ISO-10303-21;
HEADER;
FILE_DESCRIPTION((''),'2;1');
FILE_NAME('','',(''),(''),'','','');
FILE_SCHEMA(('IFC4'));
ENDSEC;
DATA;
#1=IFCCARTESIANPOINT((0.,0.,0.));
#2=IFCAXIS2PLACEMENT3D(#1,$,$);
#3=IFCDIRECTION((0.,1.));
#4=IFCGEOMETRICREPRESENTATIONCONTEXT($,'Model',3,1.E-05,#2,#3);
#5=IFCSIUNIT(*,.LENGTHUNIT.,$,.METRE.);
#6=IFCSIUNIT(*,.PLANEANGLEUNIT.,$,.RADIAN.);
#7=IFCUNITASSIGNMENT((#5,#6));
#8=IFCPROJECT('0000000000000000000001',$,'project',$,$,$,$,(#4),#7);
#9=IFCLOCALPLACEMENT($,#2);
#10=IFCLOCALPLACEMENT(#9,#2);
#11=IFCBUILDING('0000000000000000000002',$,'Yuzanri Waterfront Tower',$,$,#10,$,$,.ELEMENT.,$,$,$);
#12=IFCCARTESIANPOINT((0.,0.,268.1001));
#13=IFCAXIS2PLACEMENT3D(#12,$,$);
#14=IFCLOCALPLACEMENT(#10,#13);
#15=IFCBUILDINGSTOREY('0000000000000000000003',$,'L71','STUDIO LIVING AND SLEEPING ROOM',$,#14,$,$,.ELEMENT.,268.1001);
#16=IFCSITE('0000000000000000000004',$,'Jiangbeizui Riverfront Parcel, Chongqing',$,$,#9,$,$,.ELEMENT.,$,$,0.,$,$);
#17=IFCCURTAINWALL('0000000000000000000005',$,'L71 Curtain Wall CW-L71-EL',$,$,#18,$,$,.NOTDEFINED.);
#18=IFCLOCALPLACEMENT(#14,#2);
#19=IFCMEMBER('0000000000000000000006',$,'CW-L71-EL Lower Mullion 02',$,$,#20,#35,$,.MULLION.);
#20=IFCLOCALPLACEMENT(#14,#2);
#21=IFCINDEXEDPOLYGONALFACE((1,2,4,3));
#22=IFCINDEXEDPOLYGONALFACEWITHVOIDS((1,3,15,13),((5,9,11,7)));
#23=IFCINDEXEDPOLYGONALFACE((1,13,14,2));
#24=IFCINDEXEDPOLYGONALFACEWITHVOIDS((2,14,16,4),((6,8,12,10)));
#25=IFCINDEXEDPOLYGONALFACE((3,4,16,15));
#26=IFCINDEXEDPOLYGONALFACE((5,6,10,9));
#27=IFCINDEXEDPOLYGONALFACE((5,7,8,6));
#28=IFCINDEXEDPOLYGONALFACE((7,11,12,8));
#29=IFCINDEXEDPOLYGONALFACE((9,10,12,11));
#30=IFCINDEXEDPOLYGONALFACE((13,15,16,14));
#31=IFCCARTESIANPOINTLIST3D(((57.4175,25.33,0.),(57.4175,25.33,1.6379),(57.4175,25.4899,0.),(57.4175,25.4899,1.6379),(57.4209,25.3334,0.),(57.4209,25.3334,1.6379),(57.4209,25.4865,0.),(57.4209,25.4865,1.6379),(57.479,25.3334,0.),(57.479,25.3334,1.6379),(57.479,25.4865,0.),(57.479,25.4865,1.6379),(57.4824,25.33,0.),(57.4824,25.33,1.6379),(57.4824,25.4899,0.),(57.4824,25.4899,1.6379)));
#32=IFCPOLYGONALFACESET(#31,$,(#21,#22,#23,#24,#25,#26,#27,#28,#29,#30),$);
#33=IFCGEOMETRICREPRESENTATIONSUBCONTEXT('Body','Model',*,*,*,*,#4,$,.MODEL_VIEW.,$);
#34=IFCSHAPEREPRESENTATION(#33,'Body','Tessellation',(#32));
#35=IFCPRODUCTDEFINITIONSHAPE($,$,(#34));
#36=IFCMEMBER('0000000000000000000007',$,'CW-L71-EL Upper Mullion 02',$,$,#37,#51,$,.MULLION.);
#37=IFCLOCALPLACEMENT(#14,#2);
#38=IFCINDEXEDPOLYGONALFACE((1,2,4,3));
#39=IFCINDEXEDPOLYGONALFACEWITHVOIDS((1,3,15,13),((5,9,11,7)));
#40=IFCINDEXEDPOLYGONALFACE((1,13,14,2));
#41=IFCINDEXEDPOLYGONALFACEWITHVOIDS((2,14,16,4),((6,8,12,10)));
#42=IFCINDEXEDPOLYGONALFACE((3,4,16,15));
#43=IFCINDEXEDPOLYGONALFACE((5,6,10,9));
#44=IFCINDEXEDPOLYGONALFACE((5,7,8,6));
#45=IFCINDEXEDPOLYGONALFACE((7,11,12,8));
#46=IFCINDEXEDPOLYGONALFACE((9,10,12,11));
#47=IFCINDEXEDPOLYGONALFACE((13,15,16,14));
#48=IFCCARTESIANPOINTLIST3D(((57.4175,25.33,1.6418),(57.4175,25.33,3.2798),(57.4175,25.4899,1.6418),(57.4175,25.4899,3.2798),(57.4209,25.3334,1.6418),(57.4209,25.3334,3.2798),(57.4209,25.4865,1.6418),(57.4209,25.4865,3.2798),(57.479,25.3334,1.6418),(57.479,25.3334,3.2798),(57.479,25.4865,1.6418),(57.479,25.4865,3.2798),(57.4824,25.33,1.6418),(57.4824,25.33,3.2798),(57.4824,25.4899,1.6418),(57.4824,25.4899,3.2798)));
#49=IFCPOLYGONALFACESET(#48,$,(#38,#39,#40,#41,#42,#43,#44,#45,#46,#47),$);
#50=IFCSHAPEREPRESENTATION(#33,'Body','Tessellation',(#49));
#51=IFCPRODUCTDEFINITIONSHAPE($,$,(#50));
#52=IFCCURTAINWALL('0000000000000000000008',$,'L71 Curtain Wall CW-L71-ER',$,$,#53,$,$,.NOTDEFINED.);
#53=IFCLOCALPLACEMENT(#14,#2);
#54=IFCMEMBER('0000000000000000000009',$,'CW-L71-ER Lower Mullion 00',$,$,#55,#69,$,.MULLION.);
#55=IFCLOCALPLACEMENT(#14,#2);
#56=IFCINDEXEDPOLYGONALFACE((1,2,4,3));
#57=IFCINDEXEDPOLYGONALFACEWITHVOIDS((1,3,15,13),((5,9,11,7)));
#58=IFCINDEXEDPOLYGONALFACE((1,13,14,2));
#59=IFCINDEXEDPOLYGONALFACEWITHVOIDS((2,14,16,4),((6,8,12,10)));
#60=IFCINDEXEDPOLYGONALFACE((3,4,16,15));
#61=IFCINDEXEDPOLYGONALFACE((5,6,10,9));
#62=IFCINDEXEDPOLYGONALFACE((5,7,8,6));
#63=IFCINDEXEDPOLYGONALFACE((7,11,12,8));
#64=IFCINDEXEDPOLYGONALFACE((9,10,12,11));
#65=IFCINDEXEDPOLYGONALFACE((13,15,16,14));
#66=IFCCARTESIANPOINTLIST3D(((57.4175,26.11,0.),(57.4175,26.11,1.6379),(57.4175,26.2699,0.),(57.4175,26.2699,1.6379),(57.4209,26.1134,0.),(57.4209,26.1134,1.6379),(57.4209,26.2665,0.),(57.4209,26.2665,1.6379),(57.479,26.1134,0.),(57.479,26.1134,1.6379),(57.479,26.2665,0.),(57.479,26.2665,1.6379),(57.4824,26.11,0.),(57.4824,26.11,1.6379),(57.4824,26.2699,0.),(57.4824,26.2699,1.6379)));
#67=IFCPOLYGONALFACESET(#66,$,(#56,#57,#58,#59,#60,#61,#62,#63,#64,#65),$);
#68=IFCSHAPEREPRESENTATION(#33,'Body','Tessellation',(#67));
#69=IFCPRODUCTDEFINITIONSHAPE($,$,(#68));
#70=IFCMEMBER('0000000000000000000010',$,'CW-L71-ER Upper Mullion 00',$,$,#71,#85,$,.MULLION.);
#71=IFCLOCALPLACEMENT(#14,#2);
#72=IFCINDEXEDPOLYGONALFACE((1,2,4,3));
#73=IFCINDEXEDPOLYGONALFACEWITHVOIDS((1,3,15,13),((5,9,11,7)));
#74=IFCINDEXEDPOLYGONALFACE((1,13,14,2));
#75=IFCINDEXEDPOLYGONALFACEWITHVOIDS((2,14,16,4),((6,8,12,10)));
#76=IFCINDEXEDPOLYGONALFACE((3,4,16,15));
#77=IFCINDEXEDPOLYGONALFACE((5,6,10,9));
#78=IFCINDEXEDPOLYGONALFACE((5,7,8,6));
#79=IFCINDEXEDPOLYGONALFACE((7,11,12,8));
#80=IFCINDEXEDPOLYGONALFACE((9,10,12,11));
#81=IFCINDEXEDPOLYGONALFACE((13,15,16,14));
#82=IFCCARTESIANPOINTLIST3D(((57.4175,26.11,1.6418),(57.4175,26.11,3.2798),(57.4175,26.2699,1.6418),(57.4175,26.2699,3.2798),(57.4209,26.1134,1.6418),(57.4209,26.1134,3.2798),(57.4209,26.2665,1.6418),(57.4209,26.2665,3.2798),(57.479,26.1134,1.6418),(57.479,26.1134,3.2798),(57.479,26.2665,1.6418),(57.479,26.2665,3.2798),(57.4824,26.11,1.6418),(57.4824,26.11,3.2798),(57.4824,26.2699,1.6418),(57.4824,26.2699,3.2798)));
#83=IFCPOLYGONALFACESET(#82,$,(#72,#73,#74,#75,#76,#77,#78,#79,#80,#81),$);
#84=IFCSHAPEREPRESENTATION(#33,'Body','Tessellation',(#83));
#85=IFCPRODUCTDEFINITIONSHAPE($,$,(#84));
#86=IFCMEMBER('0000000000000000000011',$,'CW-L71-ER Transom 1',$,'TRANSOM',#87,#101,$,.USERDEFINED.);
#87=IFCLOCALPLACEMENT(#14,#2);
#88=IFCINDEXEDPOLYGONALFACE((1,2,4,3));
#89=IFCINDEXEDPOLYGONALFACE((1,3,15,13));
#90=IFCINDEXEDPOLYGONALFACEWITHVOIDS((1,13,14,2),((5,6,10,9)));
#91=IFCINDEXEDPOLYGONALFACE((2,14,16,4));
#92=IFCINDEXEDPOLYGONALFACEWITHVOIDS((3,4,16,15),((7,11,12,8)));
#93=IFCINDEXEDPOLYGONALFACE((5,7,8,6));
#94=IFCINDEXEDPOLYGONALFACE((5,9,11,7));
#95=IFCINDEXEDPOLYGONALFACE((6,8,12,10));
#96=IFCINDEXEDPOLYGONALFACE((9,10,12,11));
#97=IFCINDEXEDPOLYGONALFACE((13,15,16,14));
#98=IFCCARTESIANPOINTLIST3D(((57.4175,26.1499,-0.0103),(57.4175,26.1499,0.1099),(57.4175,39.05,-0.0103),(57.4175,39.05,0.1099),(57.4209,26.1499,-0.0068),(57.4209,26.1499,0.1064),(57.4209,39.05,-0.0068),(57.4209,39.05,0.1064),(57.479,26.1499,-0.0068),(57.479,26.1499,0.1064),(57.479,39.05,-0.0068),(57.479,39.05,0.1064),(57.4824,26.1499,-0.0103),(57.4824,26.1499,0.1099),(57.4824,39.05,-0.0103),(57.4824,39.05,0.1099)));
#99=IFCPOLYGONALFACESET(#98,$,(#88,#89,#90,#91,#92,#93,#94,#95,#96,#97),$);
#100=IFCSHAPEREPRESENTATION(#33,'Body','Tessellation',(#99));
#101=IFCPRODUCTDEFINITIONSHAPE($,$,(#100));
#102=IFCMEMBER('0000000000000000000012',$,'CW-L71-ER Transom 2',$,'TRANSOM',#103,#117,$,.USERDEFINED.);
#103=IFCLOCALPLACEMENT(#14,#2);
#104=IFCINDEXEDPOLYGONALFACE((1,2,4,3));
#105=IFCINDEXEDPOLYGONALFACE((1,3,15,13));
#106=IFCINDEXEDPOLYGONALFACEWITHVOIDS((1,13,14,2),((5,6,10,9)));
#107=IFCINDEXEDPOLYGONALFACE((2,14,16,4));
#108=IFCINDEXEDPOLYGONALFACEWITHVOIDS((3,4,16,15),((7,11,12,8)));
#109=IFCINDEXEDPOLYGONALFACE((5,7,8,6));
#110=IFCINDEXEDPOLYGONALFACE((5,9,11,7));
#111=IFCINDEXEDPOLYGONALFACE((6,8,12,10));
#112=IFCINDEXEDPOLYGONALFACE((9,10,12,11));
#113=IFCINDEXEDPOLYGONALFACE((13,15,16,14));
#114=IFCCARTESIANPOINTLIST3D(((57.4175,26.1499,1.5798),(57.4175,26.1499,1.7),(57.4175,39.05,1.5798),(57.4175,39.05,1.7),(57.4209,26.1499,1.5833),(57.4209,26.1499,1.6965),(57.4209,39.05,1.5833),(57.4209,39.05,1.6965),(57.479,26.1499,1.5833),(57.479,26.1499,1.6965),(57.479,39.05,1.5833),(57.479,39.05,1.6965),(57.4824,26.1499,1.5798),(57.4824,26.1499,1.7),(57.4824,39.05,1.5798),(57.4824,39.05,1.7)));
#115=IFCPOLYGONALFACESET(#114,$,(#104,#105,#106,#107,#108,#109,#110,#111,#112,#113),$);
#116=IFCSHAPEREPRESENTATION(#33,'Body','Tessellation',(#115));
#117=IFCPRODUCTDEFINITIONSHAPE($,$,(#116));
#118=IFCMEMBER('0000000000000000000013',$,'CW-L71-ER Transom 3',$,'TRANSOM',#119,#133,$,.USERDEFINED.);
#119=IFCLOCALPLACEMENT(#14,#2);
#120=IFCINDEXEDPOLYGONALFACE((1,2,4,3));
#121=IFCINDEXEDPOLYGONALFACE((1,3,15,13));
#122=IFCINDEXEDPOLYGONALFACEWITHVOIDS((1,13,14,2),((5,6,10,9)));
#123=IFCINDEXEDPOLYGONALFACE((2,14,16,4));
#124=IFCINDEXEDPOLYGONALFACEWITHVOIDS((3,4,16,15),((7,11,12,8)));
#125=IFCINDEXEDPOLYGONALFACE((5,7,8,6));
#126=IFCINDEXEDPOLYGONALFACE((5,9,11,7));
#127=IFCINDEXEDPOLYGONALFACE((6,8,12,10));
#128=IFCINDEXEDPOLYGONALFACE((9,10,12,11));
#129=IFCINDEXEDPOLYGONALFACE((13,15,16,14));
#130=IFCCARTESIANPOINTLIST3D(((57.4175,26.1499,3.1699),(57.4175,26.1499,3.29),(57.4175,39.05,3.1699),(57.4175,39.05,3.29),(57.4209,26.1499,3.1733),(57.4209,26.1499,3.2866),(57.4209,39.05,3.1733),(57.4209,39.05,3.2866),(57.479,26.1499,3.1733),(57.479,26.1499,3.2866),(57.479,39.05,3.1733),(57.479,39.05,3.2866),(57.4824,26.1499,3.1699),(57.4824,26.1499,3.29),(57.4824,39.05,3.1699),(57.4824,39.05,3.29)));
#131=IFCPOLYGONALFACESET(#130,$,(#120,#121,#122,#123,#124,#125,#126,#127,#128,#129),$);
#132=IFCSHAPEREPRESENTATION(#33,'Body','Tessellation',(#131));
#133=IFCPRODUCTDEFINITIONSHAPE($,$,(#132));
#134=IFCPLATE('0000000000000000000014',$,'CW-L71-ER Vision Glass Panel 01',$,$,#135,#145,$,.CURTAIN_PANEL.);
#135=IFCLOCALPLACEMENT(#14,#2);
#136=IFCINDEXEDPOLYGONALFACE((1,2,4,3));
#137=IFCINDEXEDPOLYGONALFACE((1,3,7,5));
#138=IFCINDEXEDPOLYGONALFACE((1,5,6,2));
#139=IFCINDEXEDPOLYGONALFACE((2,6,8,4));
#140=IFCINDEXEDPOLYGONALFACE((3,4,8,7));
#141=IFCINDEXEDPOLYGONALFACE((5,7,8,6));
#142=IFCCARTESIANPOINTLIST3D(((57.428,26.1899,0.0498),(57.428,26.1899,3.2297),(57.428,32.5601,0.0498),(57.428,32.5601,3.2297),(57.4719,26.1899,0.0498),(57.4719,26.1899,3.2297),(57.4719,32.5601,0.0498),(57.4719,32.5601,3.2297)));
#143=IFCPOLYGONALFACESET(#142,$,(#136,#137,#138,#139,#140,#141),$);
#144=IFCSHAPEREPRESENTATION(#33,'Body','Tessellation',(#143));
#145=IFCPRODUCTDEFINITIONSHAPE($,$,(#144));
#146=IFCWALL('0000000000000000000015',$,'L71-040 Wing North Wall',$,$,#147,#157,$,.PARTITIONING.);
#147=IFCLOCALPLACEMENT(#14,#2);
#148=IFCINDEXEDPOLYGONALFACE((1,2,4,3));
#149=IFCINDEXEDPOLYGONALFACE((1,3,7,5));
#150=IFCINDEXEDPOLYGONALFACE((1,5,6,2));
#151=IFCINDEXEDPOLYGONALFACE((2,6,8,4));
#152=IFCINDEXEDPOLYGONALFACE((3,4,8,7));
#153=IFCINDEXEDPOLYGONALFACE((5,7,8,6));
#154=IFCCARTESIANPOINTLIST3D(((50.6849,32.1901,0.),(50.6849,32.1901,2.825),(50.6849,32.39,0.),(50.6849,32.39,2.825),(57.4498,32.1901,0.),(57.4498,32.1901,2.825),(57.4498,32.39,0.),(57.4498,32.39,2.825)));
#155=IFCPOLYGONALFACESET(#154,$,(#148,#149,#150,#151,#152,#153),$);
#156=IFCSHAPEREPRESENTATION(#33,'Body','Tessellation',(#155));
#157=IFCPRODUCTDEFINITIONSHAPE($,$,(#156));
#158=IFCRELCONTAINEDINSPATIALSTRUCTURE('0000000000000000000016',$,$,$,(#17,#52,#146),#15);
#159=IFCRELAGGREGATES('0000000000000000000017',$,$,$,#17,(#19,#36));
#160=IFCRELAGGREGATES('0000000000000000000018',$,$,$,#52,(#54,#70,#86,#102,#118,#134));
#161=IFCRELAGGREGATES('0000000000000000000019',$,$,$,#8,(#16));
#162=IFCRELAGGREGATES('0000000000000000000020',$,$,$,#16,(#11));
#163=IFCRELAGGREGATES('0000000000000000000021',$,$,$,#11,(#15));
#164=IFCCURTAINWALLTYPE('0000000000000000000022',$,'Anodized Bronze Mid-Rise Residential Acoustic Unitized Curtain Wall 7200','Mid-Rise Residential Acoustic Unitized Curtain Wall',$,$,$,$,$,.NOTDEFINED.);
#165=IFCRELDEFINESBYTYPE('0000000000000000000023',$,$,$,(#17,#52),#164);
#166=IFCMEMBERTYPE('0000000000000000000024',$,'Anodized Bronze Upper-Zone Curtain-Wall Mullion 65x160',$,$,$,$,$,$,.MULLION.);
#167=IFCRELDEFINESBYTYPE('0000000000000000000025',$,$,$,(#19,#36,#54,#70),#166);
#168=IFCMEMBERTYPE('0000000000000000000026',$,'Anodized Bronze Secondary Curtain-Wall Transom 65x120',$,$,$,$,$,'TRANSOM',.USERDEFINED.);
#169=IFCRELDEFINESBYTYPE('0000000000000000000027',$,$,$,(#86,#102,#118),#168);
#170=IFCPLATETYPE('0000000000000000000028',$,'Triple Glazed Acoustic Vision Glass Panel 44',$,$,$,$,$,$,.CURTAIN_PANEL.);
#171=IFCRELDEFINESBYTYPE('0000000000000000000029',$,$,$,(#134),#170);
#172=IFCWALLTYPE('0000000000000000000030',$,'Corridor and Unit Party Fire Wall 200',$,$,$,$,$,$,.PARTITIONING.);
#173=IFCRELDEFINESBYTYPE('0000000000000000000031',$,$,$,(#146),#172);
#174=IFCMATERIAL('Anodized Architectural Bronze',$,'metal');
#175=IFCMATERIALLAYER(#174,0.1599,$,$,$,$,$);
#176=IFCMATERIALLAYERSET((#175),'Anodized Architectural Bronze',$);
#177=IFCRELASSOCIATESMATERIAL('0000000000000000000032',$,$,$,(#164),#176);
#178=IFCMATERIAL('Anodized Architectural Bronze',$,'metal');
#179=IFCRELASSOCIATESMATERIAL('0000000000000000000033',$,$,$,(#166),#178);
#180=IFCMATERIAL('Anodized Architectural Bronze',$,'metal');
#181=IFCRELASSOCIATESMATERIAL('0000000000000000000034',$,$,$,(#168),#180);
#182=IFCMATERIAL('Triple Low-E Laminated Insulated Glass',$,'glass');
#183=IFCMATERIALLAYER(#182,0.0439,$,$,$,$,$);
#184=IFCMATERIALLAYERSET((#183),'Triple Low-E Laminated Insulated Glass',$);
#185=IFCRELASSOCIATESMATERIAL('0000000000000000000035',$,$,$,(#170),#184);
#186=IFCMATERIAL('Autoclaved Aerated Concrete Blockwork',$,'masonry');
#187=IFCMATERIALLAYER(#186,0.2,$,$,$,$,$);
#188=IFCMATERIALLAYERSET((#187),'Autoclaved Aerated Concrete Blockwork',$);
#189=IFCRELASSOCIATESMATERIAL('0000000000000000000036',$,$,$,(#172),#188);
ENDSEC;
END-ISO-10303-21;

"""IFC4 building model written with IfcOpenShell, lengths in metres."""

from ifc_helpers import new_model, si_unit, direction, frame, frame_2d, origin, origin_2d, place, context, subcontext, project, spatial, rectangle, hollow_rectangle, extrude, source, transform, mapped, material, layer, layer_set, material_profile, profile_set, type_object, element, aggregate, save


model = new_model("IFC4")

# Units and contexts
model_context = context("Model", 3, precision=1e-05, world=origin(), true_north=direction((0.0, 1.0)))
body_context = subcontext(model_context, "Body", "Model", "MODEL_VIEW")
ifc_project = project(units=[si_unit("LENGTHUNIT", "METRE"), si_unit("PLANEANGLEUNIT", "RADIAN")], contexts=[model_context])

# Site, building, storey
site_placement = place(None, origin())
site = spatial("IfcSite", under=ifc_project, at=site_placement, Name="Jiangbeizui Riverfront Parcel, Chongqing", CompositionType="ELEMENT", RefElevation=0.0)
building_placement = place(site_placement, origin())
building = spatial("IfcBuilding", under=site, at=building_placement, Name="Yuzanri Waterfront Tower", CompositionType="ELEMENT")
storey_placement = place(building_placement, frame((0.0, 0.0, 268.1001)))
storey = spatial("IfcBuildingStorey", under=building, at=storey_placement, Name="L71", Description="STUDIO LIVING AND SLEEPING ROOM", CompositionType="ELEMENT", Elevation=268.1001)

# Curtain wall, members
ifc_material_1 = material(Name="Anodized Architectural Bronze", Category="metal")
ifc_layer_1 = layer(ifc_material_1, 0.1599)
ifc_layer_set_1 = layer_set([ifc_layer_1], Name="Anodized Architectural Bronze")
curtain_wall_type = type_object("IfcCurtainWallType", Name="Anodized Bronze Mid-Rise Residential Acoustic Unitized Curtain Wall 7200", Description="Mid-Rise Residential Acoustic Unitized Curtain Wall", PredefinedType="NOTDEFINED", material=ifc_layer_set_1)
curtain_wall_1_placement = place(storey_placement, origin())
curtain_wall_1 = element("IfcCurtainWall", 1, at=curtain_wall_1_placement, inside=storey, type_object=curtain_wall_type, Name="L71 Curtain Wall CW-L71-EL", PredefinedType="NOTDEFINED")
ifc_material_2 = material(Name="Anodized Architectural Bronze", Category="metal")
ifc_material_profile_1 = material_profile(ifc_material_2, hollow_rectangle(XDim=0.0649, YDim=0.1599, WallThickness=0.0034, at=origin_2d()), Name="CWM 65x160")
ifc_profile_set_1 = profile_set([ifc_material_profile_1], Name="Anodized Architectural Bronze")
member_type_1 = type_object("IfcMemberType", Name="Anodized Bronze Upper-Zone Curtain-Wall Mullion 65x160", PredefinedType="MULLION", material=ifc_profile_set_1)
shared_shape_1 = source(origin(), body_context, "Body", "SweptSolid", [
    extrude(hollow_rectangle(XDim=0.0649, YDim=0.1599, WallThickness=0.0034, at=origin_2d()), origin(), (0.0, 0.0, 1.0), 1.6379),
])
member_1_placement = place(storey_placement, frame((57.45, 25.4099, 0.0), z_axis=(0.0, 0.0, 1.0), x_axis=(1.0, 0.0, 0.0)))
member_1 = element("IfcMember", 2, at=member_1_placement, type_object=member_type_1, Name="CW-L71-EL Lower Mullion 02", PredefinedType="MULLION", context=body_context, shape_type="MappedRepresentation", body=[
    mapped(shared_shape_1, transform((0.0, 0.0, 0.0), scale=1.0)),
])
member_2_placement = place(storey_placement, frame((57.45, 25.4099, 1.6418), z_axis=(0.0, 0.0, 1.0), x_axis=(1.0, 0.0, 0.0)))
member_2 = element("IfcMember", 3, at=member_2_placement, type_object=member_type_1, Name="CW-L71-EL Upper Mullion 02", PredefinedType="MULLION", context=body_context, shape_type="MappedRepresentation", body=[
    mapped(shared_shape_1, transform((0.0, 0.0, 0.0), scale=1.0)),
])
aggregate(curtain_wall_1, [member_1, member_2])

# Curtain wall, members, plate
curtain_wall_2_placement = place(storey_placement, origin())
curtain_wall_2 = element("IfcCurtainWall", 4, at=curtain_wall_2_placement, inside=storey, type_object=curtain_wall_type, Name="L71 Curtain Wall CW-L71-ER", PredefinedType="NOTDEFINED")
member_3_placement = place(storey_placement, frame((57.45, 26.1899, 0.0), z_axis=(0.0, 0.0, 1.0), x_axis=(1.0, 0.0, 0.0)))
member_3 = element("IfcMember", 5, at=member_3_placement, type_object=member_type_1, Name="CW-L71-ER Lower Mullion 00", PredefinedType="MULLION", context=body_context, shape_type="MappedRepresentation", body=[
    mapped(shared_shape_1, transform((0.0, 0.0, 0.0), scale=1.0)),
])
member_4_placement = place(storey_placement, frame((57.45, 26.1899, 1.6418), z_axis=(0.0, 0.0, 1.0), x_axis=(1.0, 0.0, 0.0)))
member_4 = element("IfcMember", 6, at=member_4_placement, type_object=member_type_1, Name="CW-L71-ER Upper Mullion 00", PredefinedType="MULLION", context=body_context, shape_type="MappedRepresentation", body=[
    mapped(shared_shape_1, transform((0.0, 0.0, 0.0), scale=1.0)),
])
ifc_material_3 = material(Name="Anodized Architectural Bronze", Category="metal")
ifc_material_profile_2 = material_profile(ifc_material_3, hollow_rectangle(XDim=0.0649, YDim=0.1201, WallThickness=0.0034, at=origin_2d()), Name="CWT 65x120")
ifc_profile_set_2 = profile_set([ifc_material_profile_2], Name="Anodized Architectural Bronze")
member_type_2 = type_object("IfcMemberType", Name="Anodized Bronze Secondary Curtain-Wall Transom 65x120", ElementType="TRANSOM", PredefinedType="USERDEFINED", material=ifc_profile_set_2)
shared_shape_2 = source(origin(), body_context, "Body", "SweptSolid", [
    extrude(hollow_rectangle(XDim=0.0649, YDim=0.1201, WallThickness=0.0034, at=origin_2d()), origin(), (0.0, 0.0, 1.0), 12.9001),
])
member_5_placement = place(storey_placement, frame((57.45, 26.1499, 0.0498), z_axis=(0.0, 1.0, 0.0), x_axis=(-1.0, 0.0, 0.0)))
member_5 = element("IfcMember", 7, at=member_5_placement, type_object=member_type_2, Name="CW-L71-ER Transom 1", ObjectType="TRANSOM", PredefinedType="USERDEFINED", context=body_context, shape_type="MappedRepresentation", body=[
    mapped(shared_shape_2, transform((0.0, 0.0, 0.0), scale=1.0)),
])
member_6_placement = place(storey_placement, frame((57.45, 26.1499, 1.6399), z_axis=(0.0, 1.0, 0.0), x_axis=(-1.0, 0.0, 0.0)))
member_6 = element("IfcMember", 8, at=member_6_placement, type_object=member_type_2, Name="CW-L71-ER Transom 2", ObjectType="TRANSOM", PredefinedType="USERDEFINED", context=body_context, shape_type="MappedRepresentation", body=[
    mapped(shared_shape_2, transform((0.0, 0.0, 0.0), scale=1.0)),
])
member_7_placement = place(storey_placement, frame((57.45, 26.1499, 3.23), z_axis=(0.0, 1.0, 0.0), x_axis=(-1.0, 0.0, 0.0)))
member_7 = element("IfcMember", 9, at=member_7_placement, type_object=member_type_2, Name="CW-L71-ER Transom 3", ObjectType="TRANSOM", PredefinedType="USERDEFINED", context=body_context, shape_type="MappedRepresentation", body=[
    mapped(shared_shape_2, transform((0.0, 0.0, 0.0), scale=1.0)),
])
ifc_material_4 = material(Name="Triple Low-E Laminated Insulated Glass", Category="glass")
ifc_layer_2 = layer(ifc_material_4, 0.0439)
ifc_layer_set_2 = layer_set([ifc_layer_2], Name="Triple Low-E Laminated Insulated Glass")
plate_type = type_object("IfcPlateType", Name="Triple Glazed Acoustic Vision Glass Panel 44", PredefinedType="CURTAIN_PANEL", material=ifc_layer_set_2)
shared_shape_3 = source(origin(), body_context, "Body", "SweptSolid", [
    extrude(rectangle(XDim=6.3701, YDim=0.0439, at=origin_2d()), origin(), (0.0, 0.0, 1.0), 3.1799),
])
plate_placement = place(storey_placement, frame((57.45, 29.375, 0.0498), z_axis=(0.0, 0.0, 1.0), x_axis=(0.0, 1.0, 0.0)))
plate = element("IfcPlate", 10, at=plate_placement, type_object=plate_type, Name="CW-L71-ER Vision Glass Panel 01", PredefinedType="CURTAIN_PANEL", context=body_context, shape_type="MappedRepresentation", body=[
    mapped(shared_shape_3, transform((0.0, 0.0, 0.0), scale=1.0)),
])
aggregate(curtain_wall_2, [member_3, member_4, member_5, member_6, member_7, plate])

# Wall
ifc_material_5 = material(Name="Autoclaved Aerated Concrete Blockwork", Category="masonry")
ifc_layer_3 = layer(ifc_material_5, 0.2)
ifc_layer_set_3 = layer_set([ifc_layer_3], Name="Autoclaved Aerated Concrete Blockwork")
wall_type = type_object("IfcWallType", Name="Corridor and Unit Party Fire Wall 200", PredefinedType="PARTITIONING", material=ifc_layer_set_3)
shared_shape_4 = source(origin(), body_context, "Body", "SweptSolid", [
    extrude(rectangle(XDim=6.7649, YDim=0.2, at=frame_2d((3.3823, 0.0))), origin(), (0.0, 0.0, 1.0), 2.825),
])
wall_placement = place(storey_placement, frame((50.6851, 32.29, 0.0), z_axis=(0.0, 0.0, 1.0), x_axis=(1.0, 0.0, 0.0)))
element("IfcWall", 11, at=wall_placement, inside=storey, type_object=wall_type, Name="L71-040 Wing North Wall", PredefinedType="PARTITIONING", context=body_context, shape_type="MappedRepresentation", body=[
    mapped(shared_shape_4, transform((0.0, 0.0, 0.0), scale=1.0)),
])

save(model, "model.ifc")
